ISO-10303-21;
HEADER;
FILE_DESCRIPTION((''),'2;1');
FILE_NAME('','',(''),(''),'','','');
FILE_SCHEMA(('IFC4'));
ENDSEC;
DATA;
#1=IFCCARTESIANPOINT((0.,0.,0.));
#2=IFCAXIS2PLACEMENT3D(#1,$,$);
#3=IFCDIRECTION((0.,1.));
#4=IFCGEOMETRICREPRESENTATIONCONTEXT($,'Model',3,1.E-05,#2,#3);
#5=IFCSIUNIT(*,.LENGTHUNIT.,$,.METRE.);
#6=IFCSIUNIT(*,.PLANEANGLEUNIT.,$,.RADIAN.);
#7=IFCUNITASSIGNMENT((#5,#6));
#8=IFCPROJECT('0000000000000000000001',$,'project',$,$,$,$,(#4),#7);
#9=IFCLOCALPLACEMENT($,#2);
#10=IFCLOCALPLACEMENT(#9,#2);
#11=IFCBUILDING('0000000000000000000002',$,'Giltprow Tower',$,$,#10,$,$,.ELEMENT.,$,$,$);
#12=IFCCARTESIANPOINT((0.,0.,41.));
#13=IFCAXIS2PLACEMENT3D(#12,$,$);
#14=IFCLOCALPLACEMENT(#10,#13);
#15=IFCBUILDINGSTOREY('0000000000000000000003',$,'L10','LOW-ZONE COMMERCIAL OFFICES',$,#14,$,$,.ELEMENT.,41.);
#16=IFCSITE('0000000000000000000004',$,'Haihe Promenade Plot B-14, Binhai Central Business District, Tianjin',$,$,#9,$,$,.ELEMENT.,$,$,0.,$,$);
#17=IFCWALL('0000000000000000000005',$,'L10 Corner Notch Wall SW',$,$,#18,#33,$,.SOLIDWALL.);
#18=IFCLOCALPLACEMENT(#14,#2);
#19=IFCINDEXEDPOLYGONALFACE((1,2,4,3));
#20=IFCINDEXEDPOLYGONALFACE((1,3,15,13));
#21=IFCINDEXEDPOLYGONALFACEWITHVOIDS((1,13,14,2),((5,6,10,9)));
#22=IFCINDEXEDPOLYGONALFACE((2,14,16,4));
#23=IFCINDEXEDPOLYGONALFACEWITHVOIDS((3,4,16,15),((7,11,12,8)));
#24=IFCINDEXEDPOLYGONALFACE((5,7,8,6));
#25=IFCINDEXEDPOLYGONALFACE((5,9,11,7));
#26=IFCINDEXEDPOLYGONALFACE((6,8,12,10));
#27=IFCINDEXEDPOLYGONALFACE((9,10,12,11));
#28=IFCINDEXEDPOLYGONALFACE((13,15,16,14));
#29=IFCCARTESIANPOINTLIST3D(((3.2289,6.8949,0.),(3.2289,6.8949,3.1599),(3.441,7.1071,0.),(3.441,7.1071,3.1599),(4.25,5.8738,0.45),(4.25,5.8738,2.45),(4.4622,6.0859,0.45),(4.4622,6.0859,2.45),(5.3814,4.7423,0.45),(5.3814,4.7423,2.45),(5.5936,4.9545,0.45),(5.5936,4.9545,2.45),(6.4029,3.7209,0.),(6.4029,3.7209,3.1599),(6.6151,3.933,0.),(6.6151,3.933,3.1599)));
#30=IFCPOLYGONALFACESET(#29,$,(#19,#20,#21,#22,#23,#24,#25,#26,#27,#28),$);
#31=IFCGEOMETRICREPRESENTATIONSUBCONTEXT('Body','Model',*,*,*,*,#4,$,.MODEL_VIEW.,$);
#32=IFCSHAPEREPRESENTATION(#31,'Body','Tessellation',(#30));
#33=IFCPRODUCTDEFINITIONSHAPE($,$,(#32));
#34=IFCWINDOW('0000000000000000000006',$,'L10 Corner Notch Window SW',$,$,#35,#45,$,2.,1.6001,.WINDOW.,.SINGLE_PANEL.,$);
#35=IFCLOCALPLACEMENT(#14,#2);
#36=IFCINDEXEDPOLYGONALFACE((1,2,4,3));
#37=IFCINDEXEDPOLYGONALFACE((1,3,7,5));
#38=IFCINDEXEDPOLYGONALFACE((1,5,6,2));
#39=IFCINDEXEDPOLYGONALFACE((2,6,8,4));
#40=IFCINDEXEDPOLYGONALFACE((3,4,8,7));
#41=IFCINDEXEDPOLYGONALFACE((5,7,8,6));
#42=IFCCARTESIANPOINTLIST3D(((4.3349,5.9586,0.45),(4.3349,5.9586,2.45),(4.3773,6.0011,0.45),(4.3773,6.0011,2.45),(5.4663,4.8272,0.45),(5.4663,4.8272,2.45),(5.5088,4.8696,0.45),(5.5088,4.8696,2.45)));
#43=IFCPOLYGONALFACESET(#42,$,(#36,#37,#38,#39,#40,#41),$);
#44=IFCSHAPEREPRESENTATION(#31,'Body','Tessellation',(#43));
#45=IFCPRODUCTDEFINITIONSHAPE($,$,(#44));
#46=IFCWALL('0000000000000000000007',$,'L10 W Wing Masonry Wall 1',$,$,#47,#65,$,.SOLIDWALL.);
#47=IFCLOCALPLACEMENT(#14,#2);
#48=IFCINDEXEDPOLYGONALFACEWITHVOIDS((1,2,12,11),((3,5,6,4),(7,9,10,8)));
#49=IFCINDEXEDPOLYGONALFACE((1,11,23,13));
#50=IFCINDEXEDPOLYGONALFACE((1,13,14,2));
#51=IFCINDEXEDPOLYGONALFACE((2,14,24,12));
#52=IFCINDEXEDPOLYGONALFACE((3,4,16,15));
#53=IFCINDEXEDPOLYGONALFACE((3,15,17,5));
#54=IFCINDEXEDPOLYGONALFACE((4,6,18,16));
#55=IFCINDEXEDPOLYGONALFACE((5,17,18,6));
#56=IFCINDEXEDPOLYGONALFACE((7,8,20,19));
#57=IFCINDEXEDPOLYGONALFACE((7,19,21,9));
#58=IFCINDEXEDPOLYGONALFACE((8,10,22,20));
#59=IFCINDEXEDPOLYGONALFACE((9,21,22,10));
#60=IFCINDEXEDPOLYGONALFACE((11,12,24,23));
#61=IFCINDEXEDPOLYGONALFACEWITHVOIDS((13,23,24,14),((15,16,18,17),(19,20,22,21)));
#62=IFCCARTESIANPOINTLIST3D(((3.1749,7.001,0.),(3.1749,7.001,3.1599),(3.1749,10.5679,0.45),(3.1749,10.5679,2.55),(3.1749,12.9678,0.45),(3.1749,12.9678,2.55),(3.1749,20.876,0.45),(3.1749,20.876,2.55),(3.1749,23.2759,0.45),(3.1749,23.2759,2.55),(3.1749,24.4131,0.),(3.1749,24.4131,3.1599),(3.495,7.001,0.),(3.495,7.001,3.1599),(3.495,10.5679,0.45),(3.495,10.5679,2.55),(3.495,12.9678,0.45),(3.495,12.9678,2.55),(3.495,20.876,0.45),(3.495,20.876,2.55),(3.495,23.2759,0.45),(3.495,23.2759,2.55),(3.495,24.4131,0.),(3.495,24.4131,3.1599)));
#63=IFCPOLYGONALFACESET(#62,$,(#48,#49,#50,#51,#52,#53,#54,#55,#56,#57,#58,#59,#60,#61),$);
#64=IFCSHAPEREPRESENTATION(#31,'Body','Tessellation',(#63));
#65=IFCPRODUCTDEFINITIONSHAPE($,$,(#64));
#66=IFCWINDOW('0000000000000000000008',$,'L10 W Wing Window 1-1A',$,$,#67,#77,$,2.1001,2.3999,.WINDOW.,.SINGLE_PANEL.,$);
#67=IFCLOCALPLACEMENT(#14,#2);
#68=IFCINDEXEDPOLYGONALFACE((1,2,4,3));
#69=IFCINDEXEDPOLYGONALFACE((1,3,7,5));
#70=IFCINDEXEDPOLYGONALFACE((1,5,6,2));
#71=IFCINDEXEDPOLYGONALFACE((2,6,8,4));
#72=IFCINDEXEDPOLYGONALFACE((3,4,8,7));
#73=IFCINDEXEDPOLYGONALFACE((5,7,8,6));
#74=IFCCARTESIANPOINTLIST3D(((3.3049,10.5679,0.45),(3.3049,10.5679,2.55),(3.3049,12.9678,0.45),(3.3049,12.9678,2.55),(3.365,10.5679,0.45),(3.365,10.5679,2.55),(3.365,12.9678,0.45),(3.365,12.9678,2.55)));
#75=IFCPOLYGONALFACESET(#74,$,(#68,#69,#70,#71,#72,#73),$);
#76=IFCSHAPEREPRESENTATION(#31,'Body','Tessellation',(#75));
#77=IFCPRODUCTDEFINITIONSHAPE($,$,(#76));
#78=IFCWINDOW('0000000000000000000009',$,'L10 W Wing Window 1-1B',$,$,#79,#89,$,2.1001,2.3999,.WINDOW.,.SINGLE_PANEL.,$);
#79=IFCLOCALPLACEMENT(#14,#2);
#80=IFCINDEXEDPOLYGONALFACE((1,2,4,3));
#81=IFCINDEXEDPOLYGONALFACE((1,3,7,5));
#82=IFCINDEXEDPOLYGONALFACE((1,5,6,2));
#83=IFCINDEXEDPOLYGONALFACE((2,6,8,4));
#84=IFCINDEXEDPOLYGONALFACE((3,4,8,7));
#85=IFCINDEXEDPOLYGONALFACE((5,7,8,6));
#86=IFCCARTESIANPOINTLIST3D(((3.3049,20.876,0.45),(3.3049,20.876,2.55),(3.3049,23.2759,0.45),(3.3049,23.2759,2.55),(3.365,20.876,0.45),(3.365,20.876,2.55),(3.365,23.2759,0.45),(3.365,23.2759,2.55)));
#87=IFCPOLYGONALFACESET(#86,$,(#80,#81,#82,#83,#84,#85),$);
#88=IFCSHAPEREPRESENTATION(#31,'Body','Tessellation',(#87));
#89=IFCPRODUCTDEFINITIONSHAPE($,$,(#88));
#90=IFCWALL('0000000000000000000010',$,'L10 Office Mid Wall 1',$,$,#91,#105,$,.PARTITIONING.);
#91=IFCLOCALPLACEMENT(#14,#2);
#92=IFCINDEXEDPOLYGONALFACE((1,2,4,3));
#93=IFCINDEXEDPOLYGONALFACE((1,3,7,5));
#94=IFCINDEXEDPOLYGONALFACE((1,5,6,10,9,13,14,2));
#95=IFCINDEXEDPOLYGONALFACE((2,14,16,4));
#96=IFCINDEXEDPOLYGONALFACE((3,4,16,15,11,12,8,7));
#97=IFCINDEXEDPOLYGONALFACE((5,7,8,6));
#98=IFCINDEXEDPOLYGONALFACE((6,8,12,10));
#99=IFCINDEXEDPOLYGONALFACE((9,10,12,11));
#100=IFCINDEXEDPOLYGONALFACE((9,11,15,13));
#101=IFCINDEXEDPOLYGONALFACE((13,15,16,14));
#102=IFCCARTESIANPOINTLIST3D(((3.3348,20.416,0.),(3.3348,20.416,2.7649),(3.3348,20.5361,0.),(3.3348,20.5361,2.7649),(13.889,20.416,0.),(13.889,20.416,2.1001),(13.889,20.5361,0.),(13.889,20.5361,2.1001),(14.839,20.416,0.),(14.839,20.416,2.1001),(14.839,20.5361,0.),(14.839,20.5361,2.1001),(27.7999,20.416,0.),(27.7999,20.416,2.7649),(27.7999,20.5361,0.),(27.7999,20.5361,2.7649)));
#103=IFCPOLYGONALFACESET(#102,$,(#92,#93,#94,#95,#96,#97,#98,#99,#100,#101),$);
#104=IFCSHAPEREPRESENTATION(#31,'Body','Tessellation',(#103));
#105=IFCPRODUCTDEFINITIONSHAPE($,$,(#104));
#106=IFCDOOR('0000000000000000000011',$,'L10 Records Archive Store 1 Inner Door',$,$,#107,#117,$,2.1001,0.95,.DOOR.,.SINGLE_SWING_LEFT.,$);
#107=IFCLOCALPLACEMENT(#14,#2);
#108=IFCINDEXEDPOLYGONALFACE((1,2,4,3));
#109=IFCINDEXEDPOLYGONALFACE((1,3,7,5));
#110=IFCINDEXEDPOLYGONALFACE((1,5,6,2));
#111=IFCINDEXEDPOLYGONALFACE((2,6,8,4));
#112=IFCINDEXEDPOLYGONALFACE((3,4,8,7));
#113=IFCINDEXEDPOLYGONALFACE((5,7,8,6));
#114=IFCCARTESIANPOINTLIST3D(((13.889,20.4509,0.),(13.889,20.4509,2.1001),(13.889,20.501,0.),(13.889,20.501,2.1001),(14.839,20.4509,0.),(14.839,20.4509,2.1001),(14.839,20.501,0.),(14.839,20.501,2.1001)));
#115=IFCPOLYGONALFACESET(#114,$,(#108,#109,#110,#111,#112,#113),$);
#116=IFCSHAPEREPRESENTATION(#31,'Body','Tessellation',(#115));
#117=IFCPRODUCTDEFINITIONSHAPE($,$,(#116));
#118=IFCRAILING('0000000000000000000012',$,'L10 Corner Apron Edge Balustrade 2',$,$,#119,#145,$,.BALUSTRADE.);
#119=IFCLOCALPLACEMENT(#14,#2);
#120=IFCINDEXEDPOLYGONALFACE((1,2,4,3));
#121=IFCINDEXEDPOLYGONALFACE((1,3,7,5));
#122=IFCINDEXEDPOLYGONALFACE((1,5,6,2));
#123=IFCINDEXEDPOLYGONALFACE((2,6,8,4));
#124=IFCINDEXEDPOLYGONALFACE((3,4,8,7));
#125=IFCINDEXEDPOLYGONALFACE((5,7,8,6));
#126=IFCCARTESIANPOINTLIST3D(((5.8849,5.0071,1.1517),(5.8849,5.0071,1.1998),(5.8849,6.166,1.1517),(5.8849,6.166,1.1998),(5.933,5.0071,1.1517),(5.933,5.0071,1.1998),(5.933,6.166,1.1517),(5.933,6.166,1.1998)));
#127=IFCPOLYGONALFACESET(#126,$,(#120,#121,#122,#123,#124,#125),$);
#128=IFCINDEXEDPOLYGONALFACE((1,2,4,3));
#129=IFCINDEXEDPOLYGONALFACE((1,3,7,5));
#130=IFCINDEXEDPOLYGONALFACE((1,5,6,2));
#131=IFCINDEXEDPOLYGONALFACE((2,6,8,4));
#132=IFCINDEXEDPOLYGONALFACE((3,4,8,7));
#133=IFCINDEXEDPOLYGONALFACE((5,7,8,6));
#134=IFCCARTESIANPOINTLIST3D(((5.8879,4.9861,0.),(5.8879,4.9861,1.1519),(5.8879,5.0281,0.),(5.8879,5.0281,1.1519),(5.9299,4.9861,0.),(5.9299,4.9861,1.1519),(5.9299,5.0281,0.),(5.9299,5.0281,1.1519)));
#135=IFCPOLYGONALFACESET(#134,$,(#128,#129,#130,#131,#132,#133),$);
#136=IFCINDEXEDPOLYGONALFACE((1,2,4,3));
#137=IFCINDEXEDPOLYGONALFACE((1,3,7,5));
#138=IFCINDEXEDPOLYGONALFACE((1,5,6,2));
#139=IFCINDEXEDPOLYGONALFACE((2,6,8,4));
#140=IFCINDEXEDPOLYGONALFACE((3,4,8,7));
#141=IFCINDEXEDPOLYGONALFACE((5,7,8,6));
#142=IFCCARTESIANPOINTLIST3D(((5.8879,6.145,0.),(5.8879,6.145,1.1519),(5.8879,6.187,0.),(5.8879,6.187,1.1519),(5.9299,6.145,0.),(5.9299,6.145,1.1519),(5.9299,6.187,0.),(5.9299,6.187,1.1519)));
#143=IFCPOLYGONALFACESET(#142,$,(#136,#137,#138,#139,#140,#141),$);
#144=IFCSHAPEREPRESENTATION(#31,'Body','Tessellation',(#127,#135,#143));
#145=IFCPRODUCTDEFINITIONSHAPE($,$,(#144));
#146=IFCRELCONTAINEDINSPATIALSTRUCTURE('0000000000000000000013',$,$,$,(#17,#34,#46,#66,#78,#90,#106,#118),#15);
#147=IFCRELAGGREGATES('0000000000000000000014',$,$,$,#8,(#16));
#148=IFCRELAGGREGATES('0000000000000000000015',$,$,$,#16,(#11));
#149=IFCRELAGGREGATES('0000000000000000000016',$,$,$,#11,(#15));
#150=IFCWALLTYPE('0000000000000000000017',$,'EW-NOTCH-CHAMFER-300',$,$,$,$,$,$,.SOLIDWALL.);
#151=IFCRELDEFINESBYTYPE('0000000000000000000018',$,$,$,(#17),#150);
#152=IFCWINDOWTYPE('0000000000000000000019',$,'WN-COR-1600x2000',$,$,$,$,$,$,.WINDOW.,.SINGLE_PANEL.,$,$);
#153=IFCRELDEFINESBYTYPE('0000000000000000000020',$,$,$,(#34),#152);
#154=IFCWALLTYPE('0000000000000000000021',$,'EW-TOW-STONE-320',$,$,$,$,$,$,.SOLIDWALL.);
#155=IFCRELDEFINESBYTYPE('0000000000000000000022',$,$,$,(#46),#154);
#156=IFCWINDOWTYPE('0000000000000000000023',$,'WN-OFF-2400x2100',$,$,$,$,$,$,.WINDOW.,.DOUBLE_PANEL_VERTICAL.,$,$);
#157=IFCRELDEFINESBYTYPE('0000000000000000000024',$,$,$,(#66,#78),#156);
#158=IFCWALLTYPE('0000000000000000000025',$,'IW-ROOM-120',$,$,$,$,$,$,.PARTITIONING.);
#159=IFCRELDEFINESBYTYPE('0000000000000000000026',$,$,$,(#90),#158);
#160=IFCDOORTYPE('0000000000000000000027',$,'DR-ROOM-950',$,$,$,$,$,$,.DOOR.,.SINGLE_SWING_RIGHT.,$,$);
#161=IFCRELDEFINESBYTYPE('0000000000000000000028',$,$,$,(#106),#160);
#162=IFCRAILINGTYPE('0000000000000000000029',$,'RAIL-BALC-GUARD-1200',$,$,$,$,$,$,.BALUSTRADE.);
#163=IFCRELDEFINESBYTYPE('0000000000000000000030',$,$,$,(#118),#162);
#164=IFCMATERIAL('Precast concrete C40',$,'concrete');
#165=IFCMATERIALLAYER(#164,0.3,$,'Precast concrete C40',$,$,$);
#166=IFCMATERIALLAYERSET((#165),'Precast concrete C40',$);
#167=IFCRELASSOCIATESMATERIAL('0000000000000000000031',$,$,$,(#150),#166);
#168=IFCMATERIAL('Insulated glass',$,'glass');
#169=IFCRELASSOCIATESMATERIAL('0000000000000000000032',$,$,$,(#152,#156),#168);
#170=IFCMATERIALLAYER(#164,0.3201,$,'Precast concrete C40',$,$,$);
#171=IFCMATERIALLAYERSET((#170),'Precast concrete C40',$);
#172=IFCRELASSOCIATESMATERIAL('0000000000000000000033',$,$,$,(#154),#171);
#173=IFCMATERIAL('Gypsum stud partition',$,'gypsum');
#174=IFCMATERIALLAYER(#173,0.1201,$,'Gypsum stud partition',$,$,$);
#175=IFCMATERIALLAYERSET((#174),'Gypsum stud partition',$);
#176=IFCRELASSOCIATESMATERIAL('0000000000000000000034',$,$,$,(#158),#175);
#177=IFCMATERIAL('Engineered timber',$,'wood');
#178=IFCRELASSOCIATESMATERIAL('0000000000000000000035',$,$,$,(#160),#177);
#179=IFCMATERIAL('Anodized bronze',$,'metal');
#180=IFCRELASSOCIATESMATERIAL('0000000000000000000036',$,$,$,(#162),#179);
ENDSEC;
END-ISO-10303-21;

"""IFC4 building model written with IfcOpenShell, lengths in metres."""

from ifc_helpers import new_model, si_unit, direction, frame, frame_2d, origin, origin_2d, place, context, subcontext, project, spatial, rectangle, extrude, source, transform, mapped, material, layer, layer_set, type_object, element, fill, save


model = new_model("IFC4")

# Units and contexts
model_context = context("Model", 3, precision=1e-05, world=origin(), true_north=direction((0.0, 1.0)))
body_context = subcontext(model_context, "Body", "Model", "MODEL_VIEW")
ifc_project = project(units=[si_unit("LENGTHUNIT", "METRE"), si_unit("PLANEANGLEUNIT", "RADIAN")], contexts=[model_context])

# Site, building, storey
site_placement = place(None, origin())
site = spatial("IfcSite", under=ifc_project, at=site_placement, Name="Haihe Promenade Plot B-14, Binhai Central Business District, Tianjin", CompositionType="ELEMENT", RefElevation=0.0)
building_placement = place(site_placement, origin())
building = spatial("IfcBuilding", under=site, at=building_placement, Name="Giltprow Tower", CompositionType="ELEMENT")
storey_placement = place(building_placement, frame((0.0, 0.0, 41.0)))
storey = spatial("IfcBuildingStorey", under=building, at=storey_placement, Name="L10", Description="LOW-ZONE COMMERCIAL OFFICES", CompositionType="ELEMENT", Elevation=41.0)

# Shared definitions
ifc_material_1 = material(Name="Anodized bronze", Category="metal")
ifc_material_2 = material(Name="Insulated glass", Category="glass")

# Wall, opening, window
ifc_material_3 = material(Name="Precast concrete C40", Category="concrete")
ifc_layer_1 = layer(ifc_material_3, 0.3, Name="Precast concrete C40")
ifc_layer_set_1 = layer_set([ifc_layer_1], Name="Precast concrete C40")
wall_type_1 = type_object("IfcWallType", Name="EW-NOTCH-CHAMFER-300", PredefinedType="SOLIDWALL", material=ifc_layer_set_1)
wall_1_placement = place(storey_placement, frame((3.335, 7.001, 0.0), z_axis=(0.0, 0.0, 1.0), x_axis=(0.707107, -0.707107, 0.0)))
wall_1 = element("IfcWall", 1, at=wall_1_placement, inside=storey, type_object=wall_type_1, Name="L10 Corner Notch Wall SW", PredefinedType="SOLIDWALL", context=body_context, shape_type="SweptSolid", body=[
    extrude(rectangle(XDim=4.4888, YDim=0.3, at=frame_2d((2.2444, 0.0))), origin(), (0.0, 0.0, 1.0), 3.1599),
])
opening_1_placement = place(wall_1_placement, frame((1.4441, 0.0, 0.45)))
opening_1 = element("IfcOpeningElement", 2, at=opening_1_placement, cuts=wall_1, PredefinedType="OPENING", context=body_context, shape_type="SweptSolid", body=[
    extrude(rectangle(XDim=1.6001, YDim=2.0, at=frame_2d((0.8, 1.0))), frame((0.0, 0.1599, 0.0), z_axis=(0.0, -1.0, 0.0), x_axis=(1.0, 0.0, 0.0)), (0.0, 0.0, 1.0), 0.3201),
])
window_type_1 = type_object("IfcWindowType", Name="WN-COR-1600x2000", PartitioningType="SINGLE_PANEL", PredefinedType="WINDOW", material=ifc_material_2)
shared_shape_1 = source(origin(), body_context, "Body", "SweptSolid", [
    extrude(rectangle(XDim=1.6001, YDim=2.0, at=frame_2d((0.8, 1.0))), frame((0.0, 0.03, 0.0), z_axis=(0.0, -1.0, 0.0), x_axis=(1.0, 0.0, 0.0)), (0.0, 0.0, 1.0), 0.0601),
])
window_1_placement = place(opening_1_placement, origin())
window_1 = element("IfcWindow", 3, at=window_1_placement, inside=storey, type_object=window_type_1, Name="L10 Corner Notch Window SW", OverallHeight=2.0, OverallWidth=1.6001, PartitioningType="SINGLE_PANEL", PredefinedType="WINDOW", context=body_context, shape_type="MappedRepresentation", body=[
    mapped(shared_shape_1, transform((0.0, 0.0, 0.0), x_axis=(1.0, 0.0, 0.0), y_axis=(0.0, 1.0, 0.0), z_axis=(0.0, 0.0, 1.0), scale=1.0)),
])
fill(opening_1, window_1)

# Wall, openings, windows
ifc_layer_2 = layer(ifc_material_3, 0.3201, Name="Precast concrete C40")
ifc_layer_set_2 = layer_set([ifc_layer_2], Name="Precast concrete C40")
wall_type_2 = type_object("IfcWallType", Name="EW-TOW-STONE-320", PredefinedType="SOLIDWALL", material=ifc_layer_set_2)
wall_2_placement = place(storey_placement, frame((3.335, 7.001, 0.0), z_axis=(0.0, 0.0, 1.0), x_axis=(0.0, 1.0, 0.0)))
wall_2 = element("IfcWall", 4, at=wall_2_placement, inside=storey, type_object=wall_type_2, Name="L10 W Wing Masonry Wall 1", PredefinedType="SOLIDWALL", context=body_context, shape_type="SweptSolid", body=[
    extrude(rectangle(XDim=17.4121, YDim=0.3201, at=frame_2d((8.7061, 0.0))), origin(), (0.0, 0.0, 1.0), 3.1599),
])
opening_2_placement = place(wall_2_placement, frame((3.5669, 0.0, 0.45)))
opening_2 = element("IfcOpeningElement", 5, at=opening_2_placement, cuts=wall_2, PredefinedType="OPENING", context=body_context, shape_type="SweptSolid", body=[
    extrude(rectangle(XDim=2.3999, YDim=2.1001, at=frame_2d((1.2, 1.05))), frame((0.0, 0.1699, 0.0), z_axis=(0.0, -1.0, 0.0), x_axis=(1.0, 0.0, 0.0)), (0.0, 0.0, 1.0), 0.3401),
])
opening_3_placement = place(wall_2_placement, frame((13.875, 0.0, 0.45)))
opening_3 = element("IfcOpeningElement", 6, at=opening_3_placement, cuts=wall_2, PredefinedType="OPENING", context=body_context, shape_type="SweptSolid", body=[
    extrude(rectangle(XDim=2.3999, YDim=2.1001, at=frame_2d((1.2, 1.05))), frame((0.0, 0.1699, 0.0), z_axis=(0.0, -1.0, 0.0), x_axis=(1.0, 0.0, 0.0)), (0.0, 0.0, 1.0), 0.3401),
])
window_type_2 = type_object("IfcWindowType", Name="WN-OFF-2400x2100", PartitioningType="DOUBLE_PANEL_VERTICAL", PredefinedType="WINDOW", material=ifc_material_2)
shared_shape_2 = source(origin(), body_context, "Body", "SweptSolid", [
    extrude(rectangle(XDim=2.3999, YDim=2.1001, at=frame_2d((1.2, 1.05))), frame((0.0, 0.03, 0.0), z_axis=(0.0, -1.0, 0.0), x_axis=(1.0, 0.0, 0.0)), (0.0, 0.0, 1.0), 0.0601),
])
window_2_placement = place(opening_2_placement, origin())
window_2 = element("IfcWindow", 7, at=window_2_placement, inside=storey, type_object=window_type_2, Name="L10 W Wing Window 1-1A", OverallHeight=2.1001, OverallWidth=2.3999, PartitioningType="SINGLE_PANEL", PredefinedType="WINDOW", context=body_context, shape_type="MappedRepresentation", body=[
    mapped(shared_shape_2, transform((0.0, 0.0, 0.0), x_axis=(1.0, 0.0, 0.0), y_axis=(0.0, 1.0, 0.0), z_axis=(0.0, 0.0, 1.0), scale=1.0)),
])
fill(opening_2, window_2)
window_3_placement = place(opening_3_placement, origin())
window_3 = element("IfcWindow", 8, at=window_3_placement, inside=storey, type_object=window_type_2, Name="L10 W Wing Window 1-1B", OverallHeight=2.1001, OverallWidth=2.3999, PartitioningType="SINGLE_PANEL", PredefinedType="WINDOW", context=body_context, shape_type="MappedRepresentation", body=[
    mapped(shared_shape_2, transform((0.0, 0.0, 0.0), x_axis=(1.0, 0.0, 0.0), y_axis=(0.0, 1.0, 0.0), z_axis=(0.0, 0.0, 1.0), scale=1.0)),
])
fill(opening_3, window_3)

# Wall, opening, door
ifc_material_4 = material(Name="Gypsum stud partition", Category="gypsum")
ifc_layer_3 = layer(ifc_material_4, 0.1201, Name="Gypsum stud partition")
ifc_layer_set_3 = layer_set([ifc_layer_3], Name="Gypsum stud partition")
wall_type_3 = type_object("IfcWallType", Name="IW-ROOM-120", PredefinedType="PARTITIONING", material=ifc_layer_set_3)
wall_3_placement = place(storey_placement, frame((3.335, 20.4761, 0.0), z_axis=(0.0, 0.0, 1.0), x_axis=(1.0, 0.0, 0.0)))
wall_3 = element("IfcWall", 9, at=wall_3_placement, inside=storey, type_object=wall_type_3, Name="L10 Office Mid Wall 1", PredefinedType="PARTITIONING", context=body_context, shape_type="SweptSolid", body=[
    extrude(rectangle(XDim=24.4651, YDim=0.1201, at=frame_2d((12.2324, 0.0))), origin(), (0.0, 0.0, 1.0), 2.7649),
])
opening_4_placement = place(wall_3_placement, frame((10.554, 0.0, 0.0)))
opening_4 = element("IfcOpeningElement", 10, at=opening_4_placement, cuts=wall_3, PredefinedType="OPENING", context=body_context, shape_type="SweptSolid", body=[
    extrude(rectangle(XDim=0.95, YDim=2.1001, at=frame_2d((0.4751, 1.05))), frame((0.0, 0.0701, 0.0), z_axis=(0.0, -1.0, 0.0), x_axis=(1.0, 0.0, 0.0)), (0.0, 0.0, 1.0), 0.1401),
])
ifc_material_5 = material(Name="Engineered timber", Category="wood")
door_type = type_object("IfcDoorType", Name="DR-ROOM-950", OperationType="SINGLE_SWING_RIGHT", PredefinedType="DOOR", material=ifc_material_5)
shared_shape_3 = source(origin(), body_context, "Body", "SweptSolid", [
    extrude(rectangle(XDim=0.95, YDim=2.1001, at=frame_2d((0.4751, 1.05))), frame((0.0, 0.0249, 0.0), z_axis=(0.0, -1.0, 0.0), x_axis=(1.0, 0.0, 0.0)), (0.0, 0.0, 1.0), 0.05),
])
door_placement = place(opening_4_placement, origin())
door = element("IfcDoor", 11, at=door_placement, inside=storey, type_object=door_type, Name="L10 Records Archive Store 1 Inner Door", OperationType="SINGLE_SWING_LEFT", OverallHeight=2.1001, OverallWidth=0.95, PredefinedType="DOOR", context=body_context, shape_type="MappedRepresentation", body=[
    mapped(shared_shape_3, transform((0.0, 0.0, 0.0), x_axis=(1.0, 0.0, 0.0), y_axis=(0.0, 1.0, 0.0), z_axis=(0.0, 0.0, 1.0), scale=1.0)),
])
fill(opening_4, door)

# Railing
railing_type = type_object("IfcRailingType", Name="RAIL-BALC-GUARD-1200", PredefinedType="BALUSTRADE", material=ifc_material_1)
railing_1_placement = place(storey_placement, frame((5.9089, 5.0071, 0.0)))
element("IfcRailing", 12, at=railing_1_placement, inside=storey, type_object=railing_type, Name="L10 Corner Apron Edge Balustrade 2", PredefinedType="BALUSTRADE", context=body_context, shape_type="SweptSolid", body=[
    extrude(rectangle(XDim=0.0481, YDim=0.0481, at=origin_2d()), frame((0.0, 0.0, 1.1758), z_axis=(0.0, 1.0, 0.0), x_axis=(-1.0, 0.0, 0.0)), (0.0, 0.0, 1.0), 1.1589),
    extrude(rectangle(XDim=0.042, YDim=0.042, at=origin_2d()), origin(), (0.0, 0.0, 1.0), 1.1519),
    extrude(rectangle(XDim=0.042, YDim=0.042, at=origin_2d()), frame((0.0, 1.1589, 0.0)), (0.0, 0.0, 1.0), 1.1519),
])

save(model, "model.ifc")
